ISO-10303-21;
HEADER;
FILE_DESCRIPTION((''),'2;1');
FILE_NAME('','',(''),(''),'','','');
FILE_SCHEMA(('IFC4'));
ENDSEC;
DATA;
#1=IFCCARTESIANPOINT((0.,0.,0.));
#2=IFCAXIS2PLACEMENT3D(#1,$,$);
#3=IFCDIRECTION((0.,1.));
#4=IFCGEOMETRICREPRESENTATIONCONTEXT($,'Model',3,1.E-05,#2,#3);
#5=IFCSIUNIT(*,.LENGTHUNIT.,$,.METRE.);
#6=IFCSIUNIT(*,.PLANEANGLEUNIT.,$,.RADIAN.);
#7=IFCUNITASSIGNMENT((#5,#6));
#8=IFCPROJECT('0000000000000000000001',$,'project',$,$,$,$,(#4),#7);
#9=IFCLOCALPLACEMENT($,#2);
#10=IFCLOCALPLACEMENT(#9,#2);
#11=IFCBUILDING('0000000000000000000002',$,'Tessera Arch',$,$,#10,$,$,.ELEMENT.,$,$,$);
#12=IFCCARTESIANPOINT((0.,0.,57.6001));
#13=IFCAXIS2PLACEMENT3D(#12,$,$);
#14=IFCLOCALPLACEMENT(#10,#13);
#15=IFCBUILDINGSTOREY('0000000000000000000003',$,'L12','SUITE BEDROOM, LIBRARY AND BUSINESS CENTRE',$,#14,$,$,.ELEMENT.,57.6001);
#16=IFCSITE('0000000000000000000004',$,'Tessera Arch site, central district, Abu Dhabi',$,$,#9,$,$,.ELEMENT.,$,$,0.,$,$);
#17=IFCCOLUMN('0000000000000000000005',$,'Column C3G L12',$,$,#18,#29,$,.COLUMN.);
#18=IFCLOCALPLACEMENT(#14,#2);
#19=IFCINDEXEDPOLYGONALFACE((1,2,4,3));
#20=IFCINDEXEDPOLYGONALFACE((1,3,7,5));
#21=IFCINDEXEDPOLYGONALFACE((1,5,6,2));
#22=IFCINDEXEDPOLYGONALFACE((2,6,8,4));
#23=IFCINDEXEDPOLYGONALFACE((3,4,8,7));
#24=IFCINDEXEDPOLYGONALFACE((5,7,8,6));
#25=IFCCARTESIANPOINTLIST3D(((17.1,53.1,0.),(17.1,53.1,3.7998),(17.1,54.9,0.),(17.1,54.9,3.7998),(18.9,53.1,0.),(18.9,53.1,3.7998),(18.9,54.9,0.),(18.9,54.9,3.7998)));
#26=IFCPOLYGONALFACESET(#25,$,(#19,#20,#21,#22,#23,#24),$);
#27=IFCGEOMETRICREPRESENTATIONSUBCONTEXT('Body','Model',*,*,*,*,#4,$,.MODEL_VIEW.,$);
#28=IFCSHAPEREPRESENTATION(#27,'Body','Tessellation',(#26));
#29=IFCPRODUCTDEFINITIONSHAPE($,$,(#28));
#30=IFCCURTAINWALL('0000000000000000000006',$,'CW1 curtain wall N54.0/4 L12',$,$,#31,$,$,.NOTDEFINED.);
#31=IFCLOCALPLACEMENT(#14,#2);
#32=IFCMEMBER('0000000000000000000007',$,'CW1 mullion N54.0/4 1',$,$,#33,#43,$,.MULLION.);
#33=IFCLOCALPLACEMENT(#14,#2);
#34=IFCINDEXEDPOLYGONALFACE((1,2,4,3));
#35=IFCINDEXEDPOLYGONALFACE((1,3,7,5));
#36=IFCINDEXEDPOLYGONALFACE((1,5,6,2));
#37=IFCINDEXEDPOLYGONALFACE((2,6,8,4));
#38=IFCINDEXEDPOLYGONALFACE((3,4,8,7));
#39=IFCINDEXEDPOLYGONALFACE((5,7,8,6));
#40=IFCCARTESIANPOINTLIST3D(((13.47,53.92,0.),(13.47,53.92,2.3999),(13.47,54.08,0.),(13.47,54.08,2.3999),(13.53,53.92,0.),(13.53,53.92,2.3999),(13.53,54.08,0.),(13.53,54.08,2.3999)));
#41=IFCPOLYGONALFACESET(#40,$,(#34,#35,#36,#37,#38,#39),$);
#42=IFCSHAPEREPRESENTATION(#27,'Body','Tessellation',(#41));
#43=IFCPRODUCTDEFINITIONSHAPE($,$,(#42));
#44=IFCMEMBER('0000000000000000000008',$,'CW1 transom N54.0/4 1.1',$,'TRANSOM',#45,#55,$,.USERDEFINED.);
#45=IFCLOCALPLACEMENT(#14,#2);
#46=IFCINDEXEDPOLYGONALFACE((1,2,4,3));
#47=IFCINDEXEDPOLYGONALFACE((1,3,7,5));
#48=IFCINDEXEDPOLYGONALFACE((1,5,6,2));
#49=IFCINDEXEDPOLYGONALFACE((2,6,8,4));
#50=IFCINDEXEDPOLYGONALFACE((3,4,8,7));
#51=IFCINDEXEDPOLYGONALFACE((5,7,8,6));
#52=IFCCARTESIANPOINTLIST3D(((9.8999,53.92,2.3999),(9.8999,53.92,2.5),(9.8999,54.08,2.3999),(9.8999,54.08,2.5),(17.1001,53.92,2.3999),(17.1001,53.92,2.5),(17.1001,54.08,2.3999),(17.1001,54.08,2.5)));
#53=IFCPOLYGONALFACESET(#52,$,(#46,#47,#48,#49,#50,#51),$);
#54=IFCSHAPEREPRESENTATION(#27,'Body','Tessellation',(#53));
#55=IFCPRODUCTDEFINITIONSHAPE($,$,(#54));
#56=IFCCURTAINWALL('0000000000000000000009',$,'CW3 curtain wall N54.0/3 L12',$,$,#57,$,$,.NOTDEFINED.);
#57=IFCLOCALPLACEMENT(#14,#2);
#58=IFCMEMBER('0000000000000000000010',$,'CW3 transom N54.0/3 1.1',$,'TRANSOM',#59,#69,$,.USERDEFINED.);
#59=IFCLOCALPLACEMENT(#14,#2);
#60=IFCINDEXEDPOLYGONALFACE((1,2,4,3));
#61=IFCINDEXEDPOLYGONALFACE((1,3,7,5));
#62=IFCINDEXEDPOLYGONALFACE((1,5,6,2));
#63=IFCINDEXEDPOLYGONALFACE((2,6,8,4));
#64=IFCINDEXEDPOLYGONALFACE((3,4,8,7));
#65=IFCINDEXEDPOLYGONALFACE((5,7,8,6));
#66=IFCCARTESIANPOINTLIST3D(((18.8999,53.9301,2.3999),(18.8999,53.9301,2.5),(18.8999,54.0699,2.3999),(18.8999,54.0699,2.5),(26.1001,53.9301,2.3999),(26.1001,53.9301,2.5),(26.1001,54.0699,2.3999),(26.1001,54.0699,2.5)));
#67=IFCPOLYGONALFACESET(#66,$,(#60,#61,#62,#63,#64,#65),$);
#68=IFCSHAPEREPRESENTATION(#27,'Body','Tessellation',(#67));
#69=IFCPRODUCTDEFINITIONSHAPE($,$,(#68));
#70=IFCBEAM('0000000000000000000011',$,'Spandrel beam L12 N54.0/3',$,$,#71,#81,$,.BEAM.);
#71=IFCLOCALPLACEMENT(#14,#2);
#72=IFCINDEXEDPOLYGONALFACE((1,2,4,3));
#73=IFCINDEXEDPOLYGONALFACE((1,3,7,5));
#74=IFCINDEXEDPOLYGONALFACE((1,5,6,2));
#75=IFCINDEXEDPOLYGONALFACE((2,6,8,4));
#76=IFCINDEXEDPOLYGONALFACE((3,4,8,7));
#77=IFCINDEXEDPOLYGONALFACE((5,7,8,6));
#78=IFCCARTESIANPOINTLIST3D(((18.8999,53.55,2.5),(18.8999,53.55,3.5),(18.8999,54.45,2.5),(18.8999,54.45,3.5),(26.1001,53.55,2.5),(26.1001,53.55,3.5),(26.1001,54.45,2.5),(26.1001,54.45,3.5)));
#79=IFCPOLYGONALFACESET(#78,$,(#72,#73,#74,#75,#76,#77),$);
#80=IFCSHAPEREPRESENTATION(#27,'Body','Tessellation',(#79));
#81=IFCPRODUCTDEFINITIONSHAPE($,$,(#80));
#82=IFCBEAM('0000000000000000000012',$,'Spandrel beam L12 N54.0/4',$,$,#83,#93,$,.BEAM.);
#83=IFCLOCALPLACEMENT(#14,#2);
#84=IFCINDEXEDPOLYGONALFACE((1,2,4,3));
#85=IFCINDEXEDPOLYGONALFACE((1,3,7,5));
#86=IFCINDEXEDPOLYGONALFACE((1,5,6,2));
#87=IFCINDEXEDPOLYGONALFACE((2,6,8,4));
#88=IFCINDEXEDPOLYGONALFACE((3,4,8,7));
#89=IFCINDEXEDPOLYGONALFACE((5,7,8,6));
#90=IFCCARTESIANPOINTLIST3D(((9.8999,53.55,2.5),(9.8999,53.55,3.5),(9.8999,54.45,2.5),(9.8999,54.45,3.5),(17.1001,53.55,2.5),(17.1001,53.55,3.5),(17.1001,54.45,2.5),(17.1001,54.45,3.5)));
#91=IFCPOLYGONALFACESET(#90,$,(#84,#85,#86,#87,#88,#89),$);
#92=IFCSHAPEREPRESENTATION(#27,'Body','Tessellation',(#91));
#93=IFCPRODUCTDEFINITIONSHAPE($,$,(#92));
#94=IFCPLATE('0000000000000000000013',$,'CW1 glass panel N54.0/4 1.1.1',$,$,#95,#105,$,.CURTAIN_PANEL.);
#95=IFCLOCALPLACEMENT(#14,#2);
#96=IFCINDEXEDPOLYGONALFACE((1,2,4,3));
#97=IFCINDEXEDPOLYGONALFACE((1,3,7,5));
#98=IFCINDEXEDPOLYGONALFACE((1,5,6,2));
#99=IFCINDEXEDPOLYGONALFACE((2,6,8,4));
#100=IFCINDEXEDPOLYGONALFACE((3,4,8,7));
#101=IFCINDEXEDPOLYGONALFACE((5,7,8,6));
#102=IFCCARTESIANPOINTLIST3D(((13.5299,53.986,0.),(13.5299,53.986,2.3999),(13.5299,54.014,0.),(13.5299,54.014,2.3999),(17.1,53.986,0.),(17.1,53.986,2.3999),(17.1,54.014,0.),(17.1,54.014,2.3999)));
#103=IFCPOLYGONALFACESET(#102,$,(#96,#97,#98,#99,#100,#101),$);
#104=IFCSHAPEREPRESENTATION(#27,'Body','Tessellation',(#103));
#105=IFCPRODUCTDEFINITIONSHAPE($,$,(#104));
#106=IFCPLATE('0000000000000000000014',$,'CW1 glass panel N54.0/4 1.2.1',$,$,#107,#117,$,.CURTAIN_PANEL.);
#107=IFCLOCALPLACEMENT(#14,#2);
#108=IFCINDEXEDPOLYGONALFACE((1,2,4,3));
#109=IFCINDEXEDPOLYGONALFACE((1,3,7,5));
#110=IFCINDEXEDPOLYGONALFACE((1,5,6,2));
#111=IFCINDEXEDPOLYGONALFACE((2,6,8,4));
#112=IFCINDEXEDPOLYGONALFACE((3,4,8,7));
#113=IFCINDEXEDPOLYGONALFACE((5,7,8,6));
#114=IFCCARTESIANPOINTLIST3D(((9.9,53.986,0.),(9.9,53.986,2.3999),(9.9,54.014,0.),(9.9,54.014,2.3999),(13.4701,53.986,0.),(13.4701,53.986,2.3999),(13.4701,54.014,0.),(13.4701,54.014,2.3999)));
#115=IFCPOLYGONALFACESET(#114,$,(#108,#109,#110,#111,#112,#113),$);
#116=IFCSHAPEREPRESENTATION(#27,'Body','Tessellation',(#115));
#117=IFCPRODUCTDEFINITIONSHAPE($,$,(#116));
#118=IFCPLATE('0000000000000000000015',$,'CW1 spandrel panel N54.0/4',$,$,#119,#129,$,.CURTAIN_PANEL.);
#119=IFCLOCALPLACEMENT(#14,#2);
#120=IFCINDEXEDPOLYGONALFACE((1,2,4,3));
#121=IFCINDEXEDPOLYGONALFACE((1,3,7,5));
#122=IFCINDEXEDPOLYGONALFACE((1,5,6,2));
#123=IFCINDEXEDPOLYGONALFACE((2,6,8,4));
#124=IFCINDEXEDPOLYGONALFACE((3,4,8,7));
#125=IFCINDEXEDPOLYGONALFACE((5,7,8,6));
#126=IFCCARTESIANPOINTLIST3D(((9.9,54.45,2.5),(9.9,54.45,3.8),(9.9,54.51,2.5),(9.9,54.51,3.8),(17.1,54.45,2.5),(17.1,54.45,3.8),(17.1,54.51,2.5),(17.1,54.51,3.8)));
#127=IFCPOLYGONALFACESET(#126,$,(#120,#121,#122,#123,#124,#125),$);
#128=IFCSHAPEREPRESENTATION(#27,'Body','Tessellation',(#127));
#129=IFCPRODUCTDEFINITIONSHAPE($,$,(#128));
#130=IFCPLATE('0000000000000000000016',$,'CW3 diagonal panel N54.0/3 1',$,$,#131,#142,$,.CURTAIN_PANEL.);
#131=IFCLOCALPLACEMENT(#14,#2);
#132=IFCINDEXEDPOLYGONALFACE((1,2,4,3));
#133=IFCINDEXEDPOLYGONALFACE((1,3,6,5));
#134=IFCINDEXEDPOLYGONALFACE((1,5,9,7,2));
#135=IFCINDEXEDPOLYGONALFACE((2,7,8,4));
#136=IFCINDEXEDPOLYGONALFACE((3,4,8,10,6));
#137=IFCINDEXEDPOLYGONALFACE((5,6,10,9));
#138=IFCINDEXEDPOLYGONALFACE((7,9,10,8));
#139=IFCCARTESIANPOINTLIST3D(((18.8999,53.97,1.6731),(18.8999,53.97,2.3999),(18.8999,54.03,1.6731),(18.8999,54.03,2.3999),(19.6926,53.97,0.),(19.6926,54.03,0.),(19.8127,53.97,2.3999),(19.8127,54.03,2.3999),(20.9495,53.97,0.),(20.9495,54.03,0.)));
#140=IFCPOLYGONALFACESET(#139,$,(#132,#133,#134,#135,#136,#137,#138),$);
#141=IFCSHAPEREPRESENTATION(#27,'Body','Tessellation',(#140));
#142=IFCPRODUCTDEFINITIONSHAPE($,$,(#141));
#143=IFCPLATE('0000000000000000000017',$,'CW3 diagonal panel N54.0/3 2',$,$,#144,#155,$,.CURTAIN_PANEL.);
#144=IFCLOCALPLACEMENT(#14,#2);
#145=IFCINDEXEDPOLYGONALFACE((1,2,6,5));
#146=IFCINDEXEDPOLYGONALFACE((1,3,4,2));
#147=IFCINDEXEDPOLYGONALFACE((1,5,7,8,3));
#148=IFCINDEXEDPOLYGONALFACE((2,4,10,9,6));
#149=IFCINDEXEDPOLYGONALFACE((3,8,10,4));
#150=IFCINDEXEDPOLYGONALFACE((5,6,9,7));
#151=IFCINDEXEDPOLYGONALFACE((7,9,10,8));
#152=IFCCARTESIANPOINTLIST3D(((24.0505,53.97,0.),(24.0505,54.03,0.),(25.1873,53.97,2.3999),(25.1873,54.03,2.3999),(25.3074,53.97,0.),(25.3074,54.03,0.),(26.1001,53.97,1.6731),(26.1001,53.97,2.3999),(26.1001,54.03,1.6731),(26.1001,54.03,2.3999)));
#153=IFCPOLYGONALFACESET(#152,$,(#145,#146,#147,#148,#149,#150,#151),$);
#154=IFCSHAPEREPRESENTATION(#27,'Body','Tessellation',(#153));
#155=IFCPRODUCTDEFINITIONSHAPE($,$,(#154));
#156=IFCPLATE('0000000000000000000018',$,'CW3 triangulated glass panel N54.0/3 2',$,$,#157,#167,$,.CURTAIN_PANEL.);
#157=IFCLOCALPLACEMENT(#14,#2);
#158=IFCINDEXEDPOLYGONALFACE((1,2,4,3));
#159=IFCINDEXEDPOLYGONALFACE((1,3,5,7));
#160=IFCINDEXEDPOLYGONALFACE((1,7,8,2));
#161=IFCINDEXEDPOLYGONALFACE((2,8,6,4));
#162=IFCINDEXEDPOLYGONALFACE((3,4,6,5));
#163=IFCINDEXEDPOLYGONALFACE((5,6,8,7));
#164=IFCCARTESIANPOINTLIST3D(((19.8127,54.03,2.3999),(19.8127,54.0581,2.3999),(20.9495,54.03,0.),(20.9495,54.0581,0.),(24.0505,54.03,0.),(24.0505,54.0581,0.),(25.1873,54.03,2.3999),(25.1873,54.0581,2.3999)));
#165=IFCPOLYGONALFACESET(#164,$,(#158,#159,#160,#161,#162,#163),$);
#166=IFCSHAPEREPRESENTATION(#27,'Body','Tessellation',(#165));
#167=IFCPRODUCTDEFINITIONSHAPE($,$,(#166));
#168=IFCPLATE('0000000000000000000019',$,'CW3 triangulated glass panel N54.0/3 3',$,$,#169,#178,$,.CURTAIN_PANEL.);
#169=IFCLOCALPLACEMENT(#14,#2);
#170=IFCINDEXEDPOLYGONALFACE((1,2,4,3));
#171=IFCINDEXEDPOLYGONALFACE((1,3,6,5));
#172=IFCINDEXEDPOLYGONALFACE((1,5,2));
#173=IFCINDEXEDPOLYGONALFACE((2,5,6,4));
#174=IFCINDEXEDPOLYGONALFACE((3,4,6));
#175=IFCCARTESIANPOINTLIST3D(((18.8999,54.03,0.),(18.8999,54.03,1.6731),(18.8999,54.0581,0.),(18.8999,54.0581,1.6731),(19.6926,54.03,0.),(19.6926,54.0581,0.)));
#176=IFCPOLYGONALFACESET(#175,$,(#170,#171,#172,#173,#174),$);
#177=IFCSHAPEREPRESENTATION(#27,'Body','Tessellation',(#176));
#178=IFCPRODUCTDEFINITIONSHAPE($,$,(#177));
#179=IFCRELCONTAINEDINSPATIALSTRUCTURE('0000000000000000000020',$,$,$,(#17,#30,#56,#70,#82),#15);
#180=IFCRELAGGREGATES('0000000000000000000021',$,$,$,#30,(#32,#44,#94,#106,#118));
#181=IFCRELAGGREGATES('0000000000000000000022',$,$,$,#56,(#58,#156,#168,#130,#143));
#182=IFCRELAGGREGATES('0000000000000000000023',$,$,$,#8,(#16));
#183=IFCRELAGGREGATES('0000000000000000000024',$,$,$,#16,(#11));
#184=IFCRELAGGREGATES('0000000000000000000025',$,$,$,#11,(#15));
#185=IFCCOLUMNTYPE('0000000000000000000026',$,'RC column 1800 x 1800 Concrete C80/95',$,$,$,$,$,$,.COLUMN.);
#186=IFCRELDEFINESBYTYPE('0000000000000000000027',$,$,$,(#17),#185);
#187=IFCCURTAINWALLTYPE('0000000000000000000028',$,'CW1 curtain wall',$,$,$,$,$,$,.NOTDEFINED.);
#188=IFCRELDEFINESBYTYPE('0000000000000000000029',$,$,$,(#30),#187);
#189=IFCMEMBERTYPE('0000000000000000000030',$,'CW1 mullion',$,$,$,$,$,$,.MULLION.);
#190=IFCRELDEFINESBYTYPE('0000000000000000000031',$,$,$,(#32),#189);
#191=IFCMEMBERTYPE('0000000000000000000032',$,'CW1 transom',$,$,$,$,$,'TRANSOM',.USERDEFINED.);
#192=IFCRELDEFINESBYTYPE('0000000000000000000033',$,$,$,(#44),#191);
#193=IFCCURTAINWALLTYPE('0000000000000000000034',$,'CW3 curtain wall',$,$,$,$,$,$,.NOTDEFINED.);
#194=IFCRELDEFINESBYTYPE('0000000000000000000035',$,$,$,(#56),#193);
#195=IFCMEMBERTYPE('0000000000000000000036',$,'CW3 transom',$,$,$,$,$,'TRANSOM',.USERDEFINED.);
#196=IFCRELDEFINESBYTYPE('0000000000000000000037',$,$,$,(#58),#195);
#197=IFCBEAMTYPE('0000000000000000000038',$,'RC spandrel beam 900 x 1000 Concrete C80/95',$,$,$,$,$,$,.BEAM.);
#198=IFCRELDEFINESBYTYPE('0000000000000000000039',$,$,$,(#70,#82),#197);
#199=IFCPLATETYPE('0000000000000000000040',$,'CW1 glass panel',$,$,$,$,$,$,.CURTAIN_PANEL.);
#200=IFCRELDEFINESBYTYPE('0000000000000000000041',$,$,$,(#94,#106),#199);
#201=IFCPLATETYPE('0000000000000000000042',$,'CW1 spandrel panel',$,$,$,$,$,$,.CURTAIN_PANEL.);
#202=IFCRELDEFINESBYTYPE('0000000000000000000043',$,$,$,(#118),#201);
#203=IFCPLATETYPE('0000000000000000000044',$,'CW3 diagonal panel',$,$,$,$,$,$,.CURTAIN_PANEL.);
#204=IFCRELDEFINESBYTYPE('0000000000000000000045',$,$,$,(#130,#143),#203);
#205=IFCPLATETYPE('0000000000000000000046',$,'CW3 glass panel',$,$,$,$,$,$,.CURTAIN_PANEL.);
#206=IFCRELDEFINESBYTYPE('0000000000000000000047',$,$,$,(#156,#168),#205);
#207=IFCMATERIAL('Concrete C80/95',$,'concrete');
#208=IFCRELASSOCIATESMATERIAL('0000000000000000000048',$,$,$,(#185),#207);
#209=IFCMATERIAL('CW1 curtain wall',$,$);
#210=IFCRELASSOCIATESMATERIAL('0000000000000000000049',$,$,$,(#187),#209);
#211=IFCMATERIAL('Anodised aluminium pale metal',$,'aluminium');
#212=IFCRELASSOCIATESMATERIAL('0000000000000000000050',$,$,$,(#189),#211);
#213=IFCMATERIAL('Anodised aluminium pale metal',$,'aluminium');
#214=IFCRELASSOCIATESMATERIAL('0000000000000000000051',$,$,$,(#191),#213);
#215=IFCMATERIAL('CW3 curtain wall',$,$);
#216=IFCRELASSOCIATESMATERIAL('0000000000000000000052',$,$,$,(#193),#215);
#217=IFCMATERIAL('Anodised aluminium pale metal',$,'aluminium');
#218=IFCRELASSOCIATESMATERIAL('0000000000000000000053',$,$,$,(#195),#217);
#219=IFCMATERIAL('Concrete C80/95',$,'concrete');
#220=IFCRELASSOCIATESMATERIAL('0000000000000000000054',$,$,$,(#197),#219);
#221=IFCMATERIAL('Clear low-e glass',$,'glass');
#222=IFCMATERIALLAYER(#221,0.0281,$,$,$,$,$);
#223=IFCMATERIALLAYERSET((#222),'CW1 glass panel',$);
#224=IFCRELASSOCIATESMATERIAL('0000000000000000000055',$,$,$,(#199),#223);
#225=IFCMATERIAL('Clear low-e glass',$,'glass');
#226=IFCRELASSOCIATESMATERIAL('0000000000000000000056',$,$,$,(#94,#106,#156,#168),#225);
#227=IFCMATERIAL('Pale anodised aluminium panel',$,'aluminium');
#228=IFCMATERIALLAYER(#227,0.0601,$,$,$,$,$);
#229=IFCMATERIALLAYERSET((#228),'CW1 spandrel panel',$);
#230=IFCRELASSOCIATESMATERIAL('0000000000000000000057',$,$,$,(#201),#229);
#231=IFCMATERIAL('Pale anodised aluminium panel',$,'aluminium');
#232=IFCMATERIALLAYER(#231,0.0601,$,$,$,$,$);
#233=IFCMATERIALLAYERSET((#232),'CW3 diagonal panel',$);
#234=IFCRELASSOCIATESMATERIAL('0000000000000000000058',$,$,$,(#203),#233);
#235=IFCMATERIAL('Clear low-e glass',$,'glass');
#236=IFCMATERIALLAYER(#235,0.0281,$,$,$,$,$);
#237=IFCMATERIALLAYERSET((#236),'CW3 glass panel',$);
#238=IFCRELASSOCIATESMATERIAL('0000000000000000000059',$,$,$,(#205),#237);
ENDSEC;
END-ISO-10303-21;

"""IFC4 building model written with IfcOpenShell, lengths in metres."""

from ifc_helpers import new_model, si_unit, direction, frame, origin, origin_2d, place, context, subcontext, project, spatial, polyline, rectangle, outline, extrude, material, layer, layer_set, material_profile, profile_set, type_object, element, aggregate, save


model = new_model("IFC4")

# Units and contexts
model_context = context("Model", 3, precision=1e-05, world=origin(), true_north=direction((0.0, 1.0)))
body_context = subcontext(model_context, "Body", "Model", "MODEL_VIEW")
ifc_project = project(units=[si_unit("LENGTHUNIT", "METRE"), si_unit("PLANEANGLEUNIT", "RADIAN")], contexts=[model_context])

# Site, building, storey
site_placement = place(None, origin())
site = spatial("IfcSite", under=ifc_project, at=site_placement, Name="Tessera Arch site, central district, Abu Dhabi", CompositionType="ELEMENT", RefElevation=0.0)
building_placement = place(site_placement, origin())
building = spatial("IfcBuilding", under=site, at=building_placement, Name="Tessera Arch", CompositionType="ELEMENT")
storey_placement = place(building_placement, frame((0.0, 0.0, 57.6001)))
storey = spatial("IfcBuildingStorey", under=building, at=storey_placement, Name="L12", Description="SUITE BEDROOM, LIBRARY AND BUSINESS CENTRE", CompositionType="ELEMENT", Elevation=57.6001)

# Column
ifc_material_1 = material(Name="Concrete C80/95", Category="concrete")
ifc_material_profile_1 = material_profile(ifc_material_1, rectangle(XDim=1.8, YDim=1.8, at=origin_2d()), Name="RC column 1800 x 1800 Concrete C80/95")
ifc_profile_set_1 = profile_set([ifc_material_profile_1], Name="Concrete C80/95")
column_type = type_object("IfcColumnType", Name="RC column 1800 x 1800 Concrete C80/95", PredefinedType="COLUMN", material=ifc_profile_set_1)
column_placement = place(storey_placement, frame((18.0, 54.0, 0.0), z_axis=(0.0, 0.0, 1.0), x_axis=(1.0, 0.0, 0.0)))
element("IfcColumn", 1, at=column_placement, inside=storey, type_object=column_type, Name="Column C3G L12", PredefinedType="COLUMN", context=body_context, shape_type="SweptSolid", body=[
    extrude(rectangle(XDim=1.8, YDim=1.8, at=origin_2d()), origin(), (0.0, 0.0, 1.0), 3.7998),
])

# Curtain wall, members
ifc_material_2 = material(Name="CW1 curtain wall")
curtain_wall_type_1 = type_object("IfcCurtainWallType", Name="CW1 curtain wall", PredefinedType="NOTDEFINED", material=ifc_material_2)
curtain_wall_1_placement = place(storey_placement, origin())
curtain_wall_1 = element("IfcCurtainWall", 2, at=curtain_wall_1_placement, inside=storey, type_object=curtain_wall_type_1, Name="CW1 curtain wall N54.0/4 L12", PredefinedType="NOTDEFINED")
ifc_material_3 = material(Name="Anodised aluminium pale metal", Category="aluminium")
ifc_material_profile_2 = material_profile(ifc_material_3, rectangle(XDim=0.1599, YDim=0.0601, at=origin_2d()), Name="AL 60x160")
ifc_profile_set_2 = profile_set([ifc_material_profile_2], Name="Anodised aluminium pale metal")
member_type_1 = type_object("IfcMemberType", Name="CW1 mullion", PredefinedType="MULLION", material=ifc_profile_set_2)
member_1_placement = place(storey_placement, frame((13.5, 54.0, 0.0), z_axis=(0.0, 0.0, 1.0), x_axis=(0.0, -1.0, 0.0)))
member_1 = element("IfcMember", 3, at=member_1_placement, type_object=member_type_1, Name="CW1 mullion N54.0/4 1", PredefinedType="MULLION", context=body_context, shape_type="SweptSolid", body=[
    extrude(rectangle(XDim=0.1599, YDim=0.0601, at=origin_2d()), origin(), (0.0, 0.0, 1.0), 2.3999),
])
ifc_material_4 = material(Name="Anodised aluminium pale metal", Category="aluminium")
ifc_material_profile_3 = material_profile(ifc_material_4, rectangle(XDim=0.1599, YDim=0.1001, at=origin_2d()), Name="AL 160x100")
ifc_profile_set_3 = profile_set([ifc_material_profile_3], Name="Anodised aluminium pale metal")
member_type_2 = type_object("IfcMemberType", Name="CW1 transom", ElementType="TRANSOM", PredefinedType="USERDEFINED", material=ifc_profile_set_3)
member_2_placement = place(storey_placement, frame((17.1001, 54.0, 2.45), z_axis=(-1.0, 0.0, 0.0), x_axis=(0.0, -1.0, 0.0)))
member_2 = element("IfcMember", 4, at=member_2_placement, type_object=member_type_2, Name="CW1 transom N54.0/4 1.1", ObjectType="TRANSOM", PredefinedType="USERDEFINED", context=body_context, shape_type="SweptSolid", body=[
    extrude(rectangle(XDim=0.1599, YDim=0.1001, at=origin_2d()), origin(), (0.0, 0.0, 1.0), 7.2002),
])

# Curtain wall, member
ifc_material_5 = material(Name="CW3 curtain wall")
curtain_wall_type_2 = type_object("IfcCurtainWallType", Name="CW3 curtain wall", PredefinedType="NOTDEFINED", material=ifc_material_5)
curtain_wall_2_placement = place(storey_placement, origin())
curtain_wall_2 = element("IfcCurtainWall", 5, at=curtain_wall_2_placement, inside=storey, type_object=curtain_wall_type_2, Name="CW3 curtain wall N54.0/3 L12", PredefinedType="NOTDEFINED")
ifc_material_6 = material(Name="Anodised aluminium pale metal", Category="aluminium")
ifc_material_profile_4 = material_profile(ifc_material_6, rectangle(XDim=0.1399, YDim=0.1001, at=origin_2d()), Name="AL 140x100")
ifc_profile_set_4 = profile_set([ifc_material_profile_4], Name="Anodised aluminium pale metal")
member_type_3 = type_object("IfcMemberType", Name="CW3 transom", ElementType="TRANSOM", PredefinedType="USERDEFINED", material=ifc_profile_set_4)
member_3_placement = place(storey_placement, frame((26.1001, 54.0, 2.45), z_axis=(-1.0, 0.0, 0.0), x_axis=(0.0, -1.0, 0.0)))
member_3 = element("IfcMember", 6, at=member_3_placement, type_object=member_type_3, Name="CW3 transom N54.0/3 1.1", ObjectType="TRANSOM", PredefinedType="USERDEFINED", context=body_context, shape_type="SweptSolid", body=[
    extrude(rectangle(XDim=0.1399, YDim=0.1001, at=origin_2d()), origin(), (0.0, 0.0, 1.0), 7.2002),
])

# Beams
ifc_material_7 = material(Name="Concrete C80/95", Category="concrete")
ifc_material_profile_5 = material_profile(ifc_material_7, rectangle(XDim=0.8999, YDim=1.0, at=origin_2d()), Name="RC spandrel beam 900 x 1000 Concrete C80/95")
ifc_profile_set_5 = profile_set([ifc_material_profile_5], Name="Concrete C80/95")
beam_type = type_object("IfcBeamType", Name="RC spandrel beam 900 x 1000 Concrete C80/95", PredefinedType="BEAM", material=ifc_profile_set_5)
for number, where, z_axis, x_axis, name in (
    (7, (26.1001, 54.0, 3.0), (-1.0, 0.0, 0.0), (0.0, -1.0, 0.0), "Spandrel beam L12 N54.0/3"),
    (8, (17.1001, 54.0, 3.0), (-1.0, 0.0, 0.0), (0.0, -1.0, 0.0), "Spandrel beam L12 N54.0/4"),
):
    element("IfcBeam", number, at=place(storey_placement, frame(where, z_axis=z_axis, x_axis=x_axis)), inside=storey, type_object=beam_type, Name=name, PredefinedType="BEAM", context=body_context, shape_type="SweptSolid", body=[
        extrude(rectangle(XDim=0.8999, YDim=1.0, at=origin_2d()), origin(), (0.0, 0.0, 1.0), 7.2002),
    ])

# Plates
ifc_material_8 = material(Name="Clear low-e glass", Category="glass")
ifc_material_9 = material(Name="Clear low-e glass", Category="glass")
ifc_layer_1 = layer(ifc_material_9, 0.0281)
ifc_layer_set_1 = layer_set([ifc_layer_1], Name="CW1 glass panel")
plate_type_1 = type_object("IfcPlateType", Name="CW1 glass panel", PredefinedType="CURTAIN_PANEL", material=ifc_layer_set_1)
plate_1_placement = place(storey_placement, frame((15.3149, 54.0, 0.0), z_axis=(0.0, 0.0, 1.0), x_axis=(-1.0, 0.0, 0.0)))
plate_1 = element("IfcPlate", 9, at=plate_1_placement, type_object=plate_type_1, material=ifc_material_8, Name="CW1 glass panel N54.0/4 1.1.1", PredefinedType="CURTAIN_PANEL", context=body_context, shape_type="SweptSolid", body=[
    extrude(rectangle(XDim=3.5701, YDim=0.0281, at=origin_2d()), origin(), (0.0, 0.0, 1.0), 2.3999),
])
plate_2_placement = place(storey_placement, frame((11.6851, 54.0, 0.0), z_axis=(0.0, 0.0, 1.0), x_axis=(-1.0, 0.0, 0.0)))
plate_2 = element("IfcPlate", 10, at=plate_2_placement, type_object=plate_type_1, material=ifc_material_8, Name="CW1 glass panel N54.0/4 1.2.1", PredefinedType="CURTAIN_PANEL", context=body_context, shape_type="SweptSolid", body=[
    extrude(rectangle(XDim=3.5701, YDim=0.0281, at=origin_2d()), origin(), (0.0, 0.0, 1.0), 2.3999),
])
ifc_material_10 = material(Name="Pale anodised aluminium panel", Category="aluminium")
ifc_layer_2 = layer(ifc_material_10, 0.0601)
ifc_layer_set_2 = layer_set([ifc_layer_2], Name="CW1 spandrel panel")
plate_type_2 = type_object("IfcPlateType", Name="CW1 spandrel panel", PredefinedType="CURTAIN_PANEL", material=ifc_layer_set_2)
plate_3_placement = place(storey_placement, frame((13.5, 54.48, 2.5), z_axis=(0.0, 0.0, 1.0), x_axis=(-1.0, 0.0, 0.0)))
plate_3 = element("IfcPlate", 11, at=plate_3_placement, type_object=plate_type_2, Name="CW1 spandrel panel N54.0/4", PredefinedType="CURTAIN_PANEL", context=body_context, shape_type="SweptSolid", body=[
    extrude(rectangle(XDim=7.2, YDim=0.0601, at=origin_2d()), origin(), (0.0, 0.0, 1.0), 1.3),
])
aggregate(curtain_wall_1, [member_1, member_2, plate_1, plate_2, plate_3])
ifc_material_11 = material(Name="Pale anodised aluminium panel", Category="aluminium")
ifc_layer_3 = layer(ifc_material_11, 0.0601)
ifc_layer_set_3 = layer_set([ifc_layer_3], Name="CW3 diagonal panel")
plate_type_3 = type_object("IfcPlateType", Name="CW3 diagonal panel", PredefinedType="CURTAIN_PANEL", material=ifc_layer_set_3)
plate_4_placement = place(storey_placement, frame((18.8999, 54.03, 2.3999), z_axis=(0.0, 1.0, 0.0), x_axis=(1.0, 0.0, 0.0)))
plate_4 = element("IfcPlate", 12, at=plate_4_placement, type_object=plate_type_3, Name="CW3 diagonal panel N54.0/3 1", PredefinedType="CURTAIN_PANEL", context=body_context, shape_type="SweptSolid", body=[
    extrude(outline(polyline([(0.0, 0.0), (0.9128, 0.0), (2.0496, 2.3999), (0.7927, 2.3999), (0.0, 0.7268), (0.0, 0.0)])), origin(), (0.0, 0.0, -1.0), 0.0601),
])
plate_5_placement = place(storey_placement, frame((26.1001, 54.03, 2.3999), z_axis=(0.0, 1.0, 0.0), x_axis=(0.0, 0.0, -1.0)))
plate_5 = element("IfcPlate", 13, at=plate_5_placement, type_object=plate_type_3, Name="CW3 diagonal panel N54.0/3 2", PredefinedType="CURTAIN_PANEL", context=body_context, shape_type="SweptSolid", body=[
    extrude(outline(polyline([(0.0, 0.0), (0.7268, 0.0), (2.3999, 0.7927), (2.3999, 2.0496), (0.0, 0.9128), (0.0, 0.0)])), origin(), (0.0, 0.0, -1.0), 0.0601),
])
ifc_material_12 = material(Name="Clear low-e glass", Category="glass")
ifc_layer_4 = layer(ifc_material_12, 0.0281)
ifc_layer_set_4 = layer_set([ifc_layer_4], Name="CW3 glass panel")
plate_type_4 = type_object("IfcPlateType", Name="CW3 glass panel", PredefinedType="CURTAIN_PANEL", material=ifc_layer_set_4)
plate_6_placement = place(storey_placement, frame((19.8127, 54.0581, 2.3999), z_axis=(0.0, 1.0, 0.0), x_axis=(1.0, 0.0, 0.0)))
plate_6 = element("IfcPlate", 14, at=plate_6_placement, type_object=plate_type_4, material=ifc_material_8, Name="CW3 triangulated glass panel N54.0/3 2", PredefinedType="CURTAIN_PANEL", context=body_context, shape_type="SweptSolid", body=[
    extrude(outline(polyline([(0.0, 0.0), (5.3745, 0.0), (4.2378, 2.3999), (1.1367, 2.3999), (0.0, 0.0)])), origin(), (0.0, 0.0, -1.0), 0.0281),
])
plate_7_placement = place(storey_placement, frame((18.8999, 54.0581, 0.0), z_axis=(0.0, 1.0, 0.0), x_axis=(0.0, 0.0, 1.0)))
plate_7 = element("IfcPlate", 15, at=plate_7_placement, type_object=plate_type_4, material=ifc_material_8, Name="CW3 triangulated glass panel N54.0/3 3", PredefinedType="CURTAIN_PANEL", context=body_context, shape_type="SweptSolid", body=[
    extrude(outline(polyline([(0.0, 0.0), (1.6731, 0.0), (0.0, 0.7927), (0.0, 0.0)])), origin(), (0.0, 0.0, -1.0), 0.0281),
])
aggregate(curtain_wall_2, [member_3, plate_6, plate_7, plate_4, plate_5])

save(model, "model.ifc")
